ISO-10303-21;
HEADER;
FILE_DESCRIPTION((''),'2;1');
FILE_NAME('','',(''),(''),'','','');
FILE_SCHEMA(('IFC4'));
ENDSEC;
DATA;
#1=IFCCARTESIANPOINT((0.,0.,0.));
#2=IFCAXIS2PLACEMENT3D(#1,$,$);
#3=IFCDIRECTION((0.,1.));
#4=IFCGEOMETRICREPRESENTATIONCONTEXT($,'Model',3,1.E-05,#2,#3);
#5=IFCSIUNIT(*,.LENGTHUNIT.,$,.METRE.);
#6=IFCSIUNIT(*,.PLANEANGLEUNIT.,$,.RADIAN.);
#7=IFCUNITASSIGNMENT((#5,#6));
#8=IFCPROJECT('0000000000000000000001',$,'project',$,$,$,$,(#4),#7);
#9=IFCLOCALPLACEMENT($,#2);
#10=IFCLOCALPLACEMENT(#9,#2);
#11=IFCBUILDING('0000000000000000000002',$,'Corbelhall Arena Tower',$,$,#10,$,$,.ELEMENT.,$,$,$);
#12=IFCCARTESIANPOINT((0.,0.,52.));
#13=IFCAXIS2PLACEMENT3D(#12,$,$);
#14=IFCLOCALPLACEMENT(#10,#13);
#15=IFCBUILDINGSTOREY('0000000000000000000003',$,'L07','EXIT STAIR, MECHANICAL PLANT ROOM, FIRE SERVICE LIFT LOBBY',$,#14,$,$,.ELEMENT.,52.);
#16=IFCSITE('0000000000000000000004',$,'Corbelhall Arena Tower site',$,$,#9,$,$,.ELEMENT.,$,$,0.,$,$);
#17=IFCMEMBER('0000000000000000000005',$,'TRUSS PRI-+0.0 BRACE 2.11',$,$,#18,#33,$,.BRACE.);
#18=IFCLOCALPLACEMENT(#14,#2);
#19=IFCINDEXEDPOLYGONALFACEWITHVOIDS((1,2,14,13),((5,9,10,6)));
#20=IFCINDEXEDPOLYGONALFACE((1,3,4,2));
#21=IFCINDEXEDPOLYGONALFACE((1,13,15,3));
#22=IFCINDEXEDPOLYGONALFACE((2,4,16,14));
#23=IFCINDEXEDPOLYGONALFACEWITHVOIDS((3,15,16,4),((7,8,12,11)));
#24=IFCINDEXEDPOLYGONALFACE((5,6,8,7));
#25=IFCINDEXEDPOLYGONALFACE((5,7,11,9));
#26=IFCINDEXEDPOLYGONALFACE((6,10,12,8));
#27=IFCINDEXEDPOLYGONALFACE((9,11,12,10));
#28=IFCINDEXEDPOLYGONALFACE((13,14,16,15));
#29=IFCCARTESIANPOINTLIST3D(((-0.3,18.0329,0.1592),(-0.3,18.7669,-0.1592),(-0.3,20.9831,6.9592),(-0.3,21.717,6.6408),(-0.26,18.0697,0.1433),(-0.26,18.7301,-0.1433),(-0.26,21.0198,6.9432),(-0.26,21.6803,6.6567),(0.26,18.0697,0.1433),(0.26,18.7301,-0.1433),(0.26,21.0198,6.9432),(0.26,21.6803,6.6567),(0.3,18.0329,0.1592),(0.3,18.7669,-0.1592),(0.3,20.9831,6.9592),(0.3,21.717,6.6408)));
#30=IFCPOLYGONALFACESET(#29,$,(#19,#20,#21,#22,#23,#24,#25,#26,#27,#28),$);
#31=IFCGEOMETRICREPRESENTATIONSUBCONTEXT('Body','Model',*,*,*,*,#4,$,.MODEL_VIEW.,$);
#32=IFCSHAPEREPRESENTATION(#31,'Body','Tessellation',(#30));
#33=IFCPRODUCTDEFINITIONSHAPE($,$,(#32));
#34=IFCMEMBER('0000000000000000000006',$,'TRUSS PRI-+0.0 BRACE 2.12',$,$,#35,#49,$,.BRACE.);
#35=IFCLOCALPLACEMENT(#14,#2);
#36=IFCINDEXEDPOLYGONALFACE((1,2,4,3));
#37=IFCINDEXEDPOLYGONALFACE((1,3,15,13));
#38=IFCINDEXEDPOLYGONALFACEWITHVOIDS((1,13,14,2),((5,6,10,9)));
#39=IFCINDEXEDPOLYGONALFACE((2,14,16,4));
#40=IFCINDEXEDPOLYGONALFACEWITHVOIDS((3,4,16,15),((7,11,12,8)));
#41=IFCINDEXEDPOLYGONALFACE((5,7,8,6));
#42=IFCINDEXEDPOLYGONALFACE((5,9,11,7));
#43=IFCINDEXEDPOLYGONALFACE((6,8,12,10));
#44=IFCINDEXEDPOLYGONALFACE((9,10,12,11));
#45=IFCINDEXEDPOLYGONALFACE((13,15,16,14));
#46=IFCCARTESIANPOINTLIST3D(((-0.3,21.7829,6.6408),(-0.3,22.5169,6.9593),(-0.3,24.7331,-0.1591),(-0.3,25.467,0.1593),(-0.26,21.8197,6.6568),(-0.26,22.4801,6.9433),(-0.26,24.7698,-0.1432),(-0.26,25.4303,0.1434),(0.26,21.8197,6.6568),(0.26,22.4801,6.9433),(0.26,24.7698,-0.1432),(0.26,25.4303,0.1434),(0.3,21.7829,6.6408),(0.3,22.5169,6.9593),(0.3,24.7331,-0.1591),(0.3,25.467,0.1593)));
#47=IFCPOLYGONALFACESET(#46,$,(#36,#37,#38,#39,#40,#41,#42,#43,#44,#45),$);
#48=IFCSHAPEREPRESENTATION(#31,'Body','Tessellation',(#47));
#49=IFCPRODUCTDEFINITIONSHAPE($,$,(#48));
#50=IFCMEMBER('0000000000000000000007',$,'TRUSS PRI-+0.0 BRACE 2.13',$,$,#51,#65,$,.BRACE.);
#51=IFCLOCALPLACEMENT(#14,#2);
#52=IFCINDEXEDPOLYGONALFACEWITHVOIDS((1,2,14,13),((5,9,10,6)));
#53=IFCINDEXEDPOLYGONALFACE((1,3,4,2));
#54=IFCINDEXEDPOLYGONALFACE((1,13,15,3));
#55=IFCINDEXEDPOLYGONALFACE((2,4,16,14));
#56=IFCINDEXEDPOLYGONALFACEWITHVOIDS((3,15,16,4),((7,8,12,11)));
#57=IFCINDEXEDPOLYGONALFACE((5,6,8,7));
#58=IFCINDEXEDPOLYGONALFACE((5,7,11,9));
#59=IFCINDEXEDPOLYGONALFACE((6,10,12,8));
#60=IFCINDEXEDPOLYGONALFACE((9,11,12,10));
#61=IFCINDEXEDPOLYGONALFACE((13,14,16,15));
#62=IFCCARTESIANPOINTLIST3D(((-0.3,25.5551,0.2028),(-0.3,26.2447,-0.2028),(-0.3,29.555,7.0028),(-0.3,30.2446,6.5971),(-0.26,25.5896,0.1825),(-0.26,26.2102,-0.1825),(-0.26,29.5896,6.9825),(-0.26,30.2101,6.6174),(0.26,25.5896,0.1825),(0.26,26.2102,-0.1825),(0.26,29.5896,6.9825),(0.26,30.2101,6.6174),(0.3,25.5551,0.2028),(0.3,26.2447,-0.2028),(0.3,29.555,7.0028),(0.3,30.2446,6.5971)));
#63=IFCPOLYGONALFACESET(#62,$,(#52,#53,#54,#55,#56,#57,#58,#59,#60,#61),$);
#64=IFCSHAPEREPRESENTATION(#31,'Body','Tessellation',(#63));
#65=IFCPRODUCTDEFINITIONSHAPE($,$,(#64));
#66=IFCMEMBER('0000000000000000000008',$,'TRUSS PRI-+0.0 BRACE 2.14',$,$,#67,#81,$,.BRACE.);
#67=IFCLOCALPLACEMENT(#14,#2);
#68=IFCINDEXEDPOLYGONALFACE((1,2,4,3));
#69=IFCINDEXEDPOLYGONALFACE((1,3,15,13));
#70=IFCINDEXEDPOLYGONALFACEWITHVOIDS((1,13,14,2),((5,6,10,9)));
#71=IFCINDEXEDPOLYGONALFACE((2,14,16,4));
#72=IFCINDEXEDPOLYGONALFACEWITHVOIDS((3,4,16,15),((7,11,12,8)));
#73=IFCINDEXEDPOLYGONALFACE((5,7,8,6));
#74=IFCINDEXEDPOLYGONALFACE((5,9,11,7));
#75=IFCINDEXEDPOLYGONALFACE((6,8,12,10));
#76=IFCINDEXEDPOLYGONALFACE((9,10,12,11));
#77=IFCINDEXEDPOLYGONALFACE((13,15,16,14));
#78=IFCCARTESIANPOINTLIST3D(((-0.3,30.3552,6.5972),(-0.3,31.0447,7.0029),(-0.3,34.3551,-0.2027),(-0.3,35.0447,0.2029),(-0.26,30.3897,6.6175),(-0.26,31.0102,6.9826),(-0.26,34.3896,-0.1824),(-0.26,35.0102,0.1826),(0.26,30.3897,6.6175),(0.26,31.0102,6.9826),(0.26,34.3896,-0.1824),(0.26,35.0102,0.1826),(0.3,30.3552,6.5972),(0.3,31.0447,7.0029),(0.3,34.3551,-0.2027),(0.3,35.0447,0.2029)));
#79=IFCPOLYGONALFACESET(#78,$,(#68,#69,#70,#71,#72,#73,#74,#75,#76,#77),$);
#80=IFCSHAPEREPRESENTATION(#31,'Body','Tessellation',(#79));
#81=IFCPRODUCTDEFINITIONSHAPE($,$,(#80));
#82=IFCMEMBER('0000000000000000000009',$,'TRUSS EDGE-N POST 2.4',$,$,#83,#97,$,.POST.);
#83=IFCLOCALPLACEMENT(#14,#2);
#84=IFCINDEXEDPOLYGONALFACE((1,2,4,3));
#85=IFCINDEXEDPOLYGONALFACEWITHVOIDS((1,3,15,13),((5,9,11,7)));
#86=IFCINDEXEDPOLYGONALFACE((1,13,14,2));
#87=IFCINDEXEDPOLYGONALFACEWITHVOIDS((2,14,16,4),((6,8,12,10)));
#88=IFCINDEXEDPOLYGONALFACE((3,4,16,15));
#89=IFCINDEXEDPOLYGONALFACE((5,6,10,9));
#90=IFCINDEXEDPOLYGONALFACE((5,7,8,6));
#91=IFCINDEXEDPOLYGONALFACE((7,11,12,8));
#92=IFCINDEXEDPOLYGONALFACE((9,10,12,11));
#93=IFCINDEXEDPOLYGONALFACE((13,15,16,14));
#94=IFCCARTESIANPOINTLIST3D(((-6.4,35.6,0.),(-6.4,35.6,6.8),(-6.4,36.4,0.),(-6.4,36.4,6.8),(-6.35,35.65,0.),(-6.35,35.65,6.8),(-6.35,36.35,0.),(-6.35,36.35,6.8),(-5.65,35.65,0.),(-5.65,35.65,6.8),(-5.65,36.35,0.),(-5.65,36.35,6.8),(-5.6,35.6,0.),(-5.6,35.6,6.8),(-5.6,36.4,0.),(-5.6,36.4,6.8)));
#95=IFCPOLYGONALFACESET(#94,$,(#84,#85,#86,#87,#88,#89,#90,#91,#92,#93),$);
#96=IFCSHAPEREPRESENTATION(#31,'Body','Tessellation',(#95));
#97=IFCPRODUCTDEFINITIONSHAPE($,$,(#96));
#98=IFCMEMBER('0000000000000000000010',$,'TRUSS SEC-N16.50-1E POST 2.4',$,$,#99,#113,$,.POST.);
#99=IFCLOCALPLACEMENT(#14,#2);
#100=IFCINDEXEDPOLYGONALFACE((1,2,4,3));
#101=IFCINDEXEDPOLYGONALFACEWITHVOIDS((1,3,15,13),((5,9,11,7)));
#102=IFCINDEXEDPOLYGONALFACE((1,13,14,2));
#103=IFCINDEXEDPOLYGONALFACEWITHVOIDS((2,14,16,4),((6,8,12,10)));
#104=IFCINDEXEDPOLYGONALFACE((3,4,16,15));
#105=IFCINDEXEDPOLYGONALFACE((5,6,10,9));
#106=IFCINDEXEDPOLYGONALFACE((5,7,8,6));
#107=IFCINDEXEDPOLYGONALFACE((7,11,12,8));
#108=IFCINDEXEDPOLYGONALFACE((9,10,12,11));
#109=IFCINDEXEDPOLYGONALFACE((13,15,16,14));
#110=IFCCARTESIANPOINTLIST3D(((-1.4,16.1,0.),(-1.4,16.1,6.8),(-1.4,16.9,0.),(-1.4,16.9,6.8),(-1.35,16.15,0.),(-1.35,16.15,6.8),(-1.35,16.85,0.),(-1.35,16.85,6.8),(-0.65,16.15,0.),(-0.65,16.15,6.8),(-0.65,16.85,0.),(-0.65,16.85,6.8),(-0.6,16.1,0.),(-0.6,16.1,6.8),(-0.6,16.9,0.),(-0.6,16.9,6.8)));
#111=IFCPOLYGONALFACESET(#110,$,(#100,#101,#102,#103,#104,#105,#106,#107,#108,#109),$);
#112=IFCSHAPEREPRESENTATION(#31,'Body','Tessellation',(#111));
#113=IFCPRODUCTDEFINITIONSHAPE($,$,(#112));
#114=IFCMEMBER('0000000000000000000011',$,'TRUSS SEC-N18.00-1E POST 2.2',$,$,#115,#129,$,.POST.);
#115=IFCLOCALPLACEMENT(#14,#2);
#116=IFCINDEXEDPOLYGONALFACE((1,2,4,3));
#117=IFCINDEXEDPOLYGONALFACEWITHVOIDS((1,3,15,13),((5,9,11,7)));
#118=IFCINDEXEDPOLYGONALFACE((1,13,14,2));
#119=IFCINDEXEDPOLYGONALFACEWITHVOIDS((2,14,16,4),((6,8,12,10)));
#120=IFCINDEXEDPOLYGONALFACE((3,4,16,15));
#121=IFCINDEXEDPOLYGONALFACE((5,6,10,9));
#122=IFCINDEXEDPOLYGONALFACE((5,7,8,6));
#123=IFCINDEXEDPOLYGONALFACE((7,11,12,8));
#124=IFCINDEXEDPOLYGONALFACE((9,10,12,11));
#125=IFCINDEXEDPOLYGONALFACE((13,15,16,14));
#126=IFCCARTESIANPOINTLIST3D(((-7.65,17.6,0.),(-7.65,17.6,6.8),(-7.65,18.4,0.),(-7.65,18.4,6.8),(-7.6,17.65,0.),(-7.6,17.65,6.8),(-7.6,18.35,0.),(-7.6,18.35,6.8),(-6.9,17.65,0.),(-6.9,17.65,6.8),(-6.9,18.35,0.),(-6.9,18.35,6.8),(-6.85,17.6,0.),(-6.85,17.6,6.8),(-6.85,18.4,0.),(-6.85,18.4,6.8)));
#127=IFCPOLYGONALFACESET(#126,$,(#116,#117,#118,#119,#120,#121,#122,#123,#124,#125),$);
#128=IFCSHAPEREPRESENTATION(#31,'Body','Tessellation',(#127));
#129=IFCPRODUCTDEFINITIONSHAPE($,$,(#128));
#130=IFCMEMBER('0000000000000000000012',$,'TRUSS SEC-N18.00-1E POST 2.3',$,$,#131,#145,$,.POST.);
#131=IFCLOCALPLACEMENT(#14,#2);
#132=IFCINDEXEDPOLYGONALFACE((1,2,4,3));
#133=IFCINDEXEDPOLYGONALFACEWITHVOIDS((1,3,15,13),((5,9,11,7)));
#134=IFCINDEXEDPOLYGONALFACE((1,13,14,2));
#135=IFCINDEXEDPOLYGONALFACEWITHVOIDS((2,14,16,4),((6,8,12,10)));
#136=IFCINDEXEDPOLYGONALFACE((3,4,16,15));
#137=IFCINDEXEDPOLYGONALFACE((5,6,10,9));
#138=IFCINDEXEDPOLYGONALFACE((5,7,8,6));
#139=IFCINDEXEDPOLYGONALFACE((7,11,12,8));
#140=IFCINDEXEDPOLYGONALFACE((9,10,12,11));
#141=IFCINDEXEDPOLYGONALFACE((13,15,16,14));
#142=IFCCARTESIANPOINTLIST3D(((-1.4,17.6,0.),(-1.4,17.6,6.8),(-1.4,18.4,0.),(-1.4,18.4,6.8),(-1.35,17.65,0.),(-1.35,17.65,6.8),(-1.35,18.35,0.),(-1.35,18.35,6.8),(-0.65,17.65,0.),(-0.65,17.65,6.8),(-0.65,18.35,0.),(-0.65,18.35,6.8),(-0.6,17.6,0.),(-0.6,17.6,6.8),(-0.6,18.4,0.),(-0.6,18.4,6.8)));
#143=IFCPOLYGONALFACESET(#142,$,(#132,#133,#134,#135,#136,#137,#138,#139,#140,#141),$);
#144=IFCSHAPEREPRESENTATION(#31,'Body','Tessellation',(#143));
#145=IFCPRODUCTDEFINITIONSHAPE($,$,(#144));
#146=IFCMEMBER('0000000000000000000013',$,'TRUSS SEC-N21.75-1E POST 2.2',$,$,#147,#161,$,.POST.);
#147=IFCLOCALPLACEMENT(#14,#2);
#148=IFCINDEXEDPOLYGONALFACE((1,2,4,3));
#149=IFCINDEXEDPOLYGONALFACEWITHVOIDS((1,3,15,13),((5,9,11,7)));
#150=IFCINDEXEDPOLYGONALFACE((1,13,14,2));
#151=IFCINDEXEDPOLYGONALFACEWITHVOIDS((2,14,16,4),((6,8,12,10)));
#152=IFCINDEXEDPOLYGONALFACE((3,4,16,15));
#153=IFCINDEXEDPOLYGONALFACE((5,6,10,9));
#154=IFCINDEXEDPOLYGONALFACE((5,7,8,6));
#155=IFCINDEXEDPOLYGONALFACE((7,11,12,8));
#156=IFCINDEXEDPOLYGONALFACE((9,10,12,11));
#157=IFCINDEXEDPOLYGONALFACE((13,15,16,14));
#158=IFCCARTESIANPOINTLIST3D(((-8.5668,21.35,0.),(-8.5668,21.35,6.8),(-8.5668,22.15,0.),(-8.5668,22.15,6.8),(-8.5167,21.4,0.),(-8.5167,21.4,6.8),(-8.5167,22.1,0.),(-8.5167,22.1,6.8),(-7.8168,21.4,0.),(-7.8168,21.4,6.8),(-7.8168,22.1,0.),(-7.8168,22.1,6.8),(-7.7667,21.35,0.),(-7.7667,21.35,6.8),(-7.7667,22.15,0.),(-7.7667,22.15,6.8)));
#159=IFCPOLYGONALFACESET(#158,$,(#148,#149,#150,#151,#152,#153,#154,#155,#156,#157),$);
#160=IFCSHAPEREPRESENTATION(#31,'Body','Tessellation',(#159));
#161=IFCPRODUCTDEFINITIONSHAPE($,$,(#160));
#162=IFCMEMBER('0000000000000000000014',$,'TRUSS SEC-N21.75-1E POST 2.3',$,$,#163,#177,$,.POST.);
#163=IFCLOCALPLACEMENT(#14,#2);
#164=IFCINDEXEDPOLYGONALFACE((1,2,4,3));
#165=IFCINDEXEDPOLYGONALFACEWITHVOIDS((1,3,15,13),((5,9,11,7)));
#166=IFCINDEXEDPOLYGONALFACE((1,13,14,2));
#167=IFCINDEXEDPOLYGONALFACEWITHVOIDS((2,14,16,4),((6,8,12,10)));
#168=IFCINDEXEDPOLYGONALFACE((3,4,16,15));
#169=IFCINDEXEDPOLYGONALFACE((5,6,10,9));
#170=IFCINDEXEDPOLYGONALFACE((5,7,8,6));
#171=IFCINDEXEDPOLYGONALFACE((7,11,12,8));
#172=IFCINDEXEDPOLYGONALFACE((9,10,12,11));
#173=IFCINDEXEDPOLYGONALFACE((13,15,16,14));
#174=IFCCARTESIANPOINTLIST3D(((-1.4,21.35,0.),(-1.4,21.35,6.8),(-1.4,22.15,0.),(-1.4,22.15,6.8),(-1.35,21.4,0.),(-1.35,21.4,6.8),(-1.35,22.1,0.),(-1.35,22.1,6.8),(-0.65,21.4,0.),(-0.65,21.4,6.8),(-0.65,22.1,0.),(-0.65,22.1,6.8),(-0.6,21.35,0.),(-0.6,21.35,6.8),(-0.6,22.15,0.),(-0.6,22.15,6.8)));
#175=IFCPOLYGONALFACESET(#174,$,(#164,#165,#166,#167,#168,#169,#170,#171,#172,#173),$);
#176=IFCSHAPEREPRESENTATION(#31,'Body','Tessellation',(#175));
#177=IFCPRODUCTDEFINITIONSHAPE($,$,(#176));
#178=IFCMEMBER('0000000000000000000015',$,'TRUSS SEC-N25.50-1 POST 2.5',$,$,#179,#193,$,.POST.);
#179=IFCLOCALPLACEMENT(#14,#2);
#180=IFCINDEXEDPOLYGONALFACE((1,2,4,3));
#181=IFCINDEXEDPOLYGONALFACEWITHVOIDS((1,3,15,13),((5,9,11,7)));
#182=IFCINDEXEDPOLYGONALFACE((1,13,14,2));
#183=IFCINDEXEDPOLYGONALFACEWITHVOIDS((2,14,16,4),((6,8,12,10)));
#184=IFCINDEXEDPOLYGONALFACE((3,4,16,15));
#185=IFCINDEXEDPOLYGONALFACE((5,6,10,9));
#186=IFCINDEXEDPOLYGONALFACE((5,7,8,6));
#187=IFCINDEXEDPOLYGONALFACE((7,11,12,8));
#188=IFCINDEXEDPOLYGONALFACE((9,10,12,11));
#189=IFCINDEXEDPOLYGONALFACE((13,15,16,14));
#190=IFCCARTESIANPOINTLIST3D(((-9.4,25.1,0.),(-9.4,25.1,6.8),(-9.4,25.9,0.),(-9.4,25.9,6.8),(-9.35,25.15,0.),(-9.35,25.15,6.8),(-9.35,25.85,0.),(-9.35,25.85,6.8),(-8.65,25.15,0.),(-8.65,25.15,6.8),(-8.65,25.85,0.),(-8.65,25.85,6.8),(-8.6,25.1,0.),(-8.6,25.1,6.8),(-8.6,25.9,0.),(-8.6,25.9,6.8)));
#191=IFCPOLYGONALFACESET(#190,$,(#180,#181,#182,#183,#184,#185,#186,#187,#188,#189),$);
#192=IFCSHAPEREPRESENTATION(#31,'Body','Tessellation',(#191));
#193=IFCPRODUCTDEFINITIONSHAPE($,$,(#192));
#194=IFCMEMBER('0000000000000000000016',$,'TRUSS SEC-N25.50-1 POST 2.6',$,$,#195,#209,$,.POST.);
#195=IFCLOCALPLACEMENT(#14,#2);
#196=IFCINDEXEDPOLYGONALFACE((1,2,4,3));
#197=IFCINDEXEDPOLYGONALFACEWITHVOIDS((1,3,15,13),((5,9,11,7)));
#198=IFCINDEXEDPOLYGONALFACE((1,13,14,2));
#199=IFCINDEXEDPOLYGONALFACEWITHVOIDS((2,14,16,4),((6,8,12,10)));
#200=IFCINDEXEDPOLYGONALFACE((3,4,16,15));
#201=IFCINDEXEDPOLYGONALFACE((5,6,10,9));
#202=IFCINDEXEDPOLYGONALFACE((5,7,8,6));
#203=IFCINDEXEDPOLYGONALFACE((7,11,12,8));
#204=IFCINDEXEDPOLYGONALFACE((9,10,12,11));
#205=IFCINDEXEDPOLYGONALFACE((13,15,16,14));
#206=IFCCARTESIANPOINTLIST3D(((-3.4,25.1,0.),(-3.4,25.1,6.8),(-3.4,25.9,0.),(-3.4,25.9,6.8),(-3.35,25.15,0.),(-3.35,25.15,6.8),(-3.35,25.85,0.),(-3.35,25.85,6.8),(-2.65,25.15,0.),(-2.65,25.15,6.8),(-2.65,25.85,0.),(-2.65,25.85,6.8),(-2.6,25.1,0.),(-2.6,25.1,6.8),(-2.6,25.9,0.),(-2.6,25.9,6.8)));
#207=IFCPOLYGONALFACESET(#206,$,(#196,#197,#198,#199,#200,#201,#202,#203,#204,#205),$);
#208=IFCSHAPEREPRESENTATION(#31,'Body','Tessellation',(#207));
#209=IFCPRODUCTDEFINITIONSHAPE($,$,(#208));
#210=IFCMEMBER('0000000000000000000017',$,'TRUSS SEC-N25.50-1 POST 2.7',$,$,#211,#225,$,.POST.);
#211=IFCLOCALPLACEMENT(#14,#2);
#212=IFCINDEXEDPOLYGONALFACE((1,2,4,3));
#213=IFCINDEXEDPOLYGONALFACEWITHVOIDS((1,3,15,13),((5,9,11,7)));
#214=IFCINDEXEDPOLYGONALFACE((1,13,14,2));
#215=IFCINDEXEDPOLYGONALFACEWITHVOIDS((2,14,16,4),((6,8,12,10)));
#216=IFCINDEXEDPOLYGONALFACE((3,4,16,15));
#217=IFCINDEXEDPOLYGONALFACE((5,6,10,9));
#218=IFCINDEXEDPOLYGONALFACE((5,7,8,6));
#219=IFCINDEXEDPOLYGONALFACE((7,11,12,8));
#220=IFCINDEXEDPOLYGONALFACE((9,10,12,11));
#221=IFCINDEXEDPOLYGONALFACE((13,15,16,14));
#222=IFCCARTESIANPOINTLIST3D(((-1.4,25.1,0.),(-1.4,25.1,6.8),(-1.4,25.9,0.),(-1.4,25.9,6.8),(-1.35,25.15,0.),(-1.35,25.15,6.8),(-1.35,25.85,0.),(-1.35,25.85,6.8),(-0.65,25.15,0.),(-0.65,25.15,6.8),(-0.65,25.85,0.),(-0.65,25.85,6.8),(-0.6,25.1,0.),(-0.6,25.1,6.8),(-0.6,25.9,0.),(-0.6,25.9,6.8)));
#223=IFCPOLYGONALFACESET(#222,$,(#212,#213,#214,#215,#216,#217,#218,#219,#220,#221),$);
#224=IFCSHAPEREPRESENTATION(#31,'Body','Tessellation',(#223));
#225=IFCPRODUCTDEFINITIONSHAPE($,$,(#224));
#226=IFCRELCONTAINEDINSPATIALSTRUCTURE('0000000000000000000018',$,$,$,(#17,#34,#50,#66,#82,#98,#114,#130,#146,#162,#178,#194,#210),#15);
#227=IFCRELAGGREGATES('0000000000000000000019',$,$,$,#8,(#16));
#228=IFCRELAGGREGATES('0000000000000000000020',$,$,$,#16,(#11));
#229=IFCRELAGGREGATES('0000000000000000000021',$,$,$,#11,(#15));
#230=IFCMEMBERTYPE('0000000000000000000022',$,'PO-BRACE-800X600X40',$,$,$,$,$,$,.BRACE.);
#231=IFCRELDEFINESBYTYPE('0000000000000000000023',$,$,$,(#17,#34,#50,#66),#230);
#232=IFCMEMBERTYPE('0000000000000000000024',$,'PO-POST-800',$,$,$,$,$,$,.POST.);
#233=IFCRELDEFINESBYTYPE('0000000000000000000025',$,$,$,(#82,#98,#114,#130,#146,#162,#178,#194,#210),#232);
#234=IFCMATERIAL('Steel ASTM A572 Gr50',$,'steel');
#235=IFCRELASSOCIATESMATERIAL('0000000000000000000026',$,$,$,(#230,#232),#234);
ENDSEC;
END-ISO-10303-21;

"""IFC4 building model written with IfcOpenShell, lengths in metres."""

from ifc_helpers import new_model, si_unit, direction, frame, origin, origin_2d, place, context, subcontext, project, spatial, hollow_rectangle, extrude, material, material_profile, profile_set, type_object, element, save


model = new_model("IFC4")

# Units and contexts
model_context = context("Model", 3, precision=1e-05, world=origin(), true_north=direction((0.0, 1.0)))
body_context = subcontext(model_context, "Body", "Model", "MODEL_VIEW")
ifc_project = project(units=[si_unit("LENGTHUNIT", "METRE"), si_unit("PLANEANGLEUNIT", "RADIAN")], contexts=[model_context])

# Site, building, storey
site_placement = place(None, origin())
site = spatial("IfcSite", under=ifc_project, at=site_placement, Name="Corbelhall Arena Tower site", CompositionType="ELEMENT", RefElevation=0.0)
building_placement = place(site_placement, origin())
building = spatial("IfcBuilding", under=site, at=building_placement, Name="Corbelhall Arena Tower", CompositionType="ELEMENT")
storey_placement = place(building_placement, frame((0.0, 0.0, 52.0)))
storey = spatial("IfcBuildingStorey", under=building, at=storey_placement, Name="L07", Description="EXIT STAIR, MECHANICAL PLANT ROOM, FIRE SERVICE LIFT LOBBY", CompositionType="ELEMENT", Elevation=52.0)

# Members
ifc_material_1 = material(Name="Steel ASTM A572 Gr50", Category="steel")
ifc_material_profile_1 = material_profile(ifc_material_1, hollow_rectangle(XDim=0.6001, YDim=0.8, WallThickness=0.04, at=origin_2d()))
ifc_profile_set_1 = profile_set([ifc_material_profile_1], Name="Steel ASTM A572 Gr50")
member_type_1 = type_object("IfcMemberType", Name="PO-BRACE-800X600X40", PredefinedType="BRACE", material=ifc_profile_set_1)
for number, where, z_axis, x_axis, name in (
    (1, (0.0, 18.3999, 0.0), (0.0, 0.398006, 0.917383), (-1.0, 0.0, 0.0), "TRUSS PRI-+0.0 BRACE 2.11"),
    (2, (0.0, 22.1499, 6.8), (0.0, 0.398006, -0.917383), (-1.0, 0.0, 0.0), "TRUSS PRI-+0.0 BRACE 2.12"),
):
    element("IfcMember", number, at=place(storey_placement, frame(where, z_axis=z_axis, x_axis=x_axis)), inside=storey, type_object=member_type_1, Name=name, PredefinedType="BRACE", context=body_context, shape_type="SweptSolid", body=[
        extrude(hollow_rectangle(XDim=0.6001, YDim=0.8, WallThickness=0.04, at=origin_2d()), origin(), (0.0, 0.0, 1.0), 7.4124),
    ])
for number, where, z_axis, x_axis, name in (
    (3, (0.0, 25.8999, 0.0), (0.0, 0.507017, 0.861936), (-1.0, 0.0, 0.0), "TRUSS PRI-+0.0 BRACE 2.13"),
    (4, (0.0, 30.7, 6.8), (0.0, 0.507017, -0.861936), (-1.0, 0.0, 0.0), "TRUSS PRI-+0.0 BRACE 2.14"),
):
    element("IfcMember", number, at=place(storey_placement, frame(where, z_axis=z_axis, x_axis=x_axis)), inside=storey, type_object=member_type_1, Name=name, PredefinedType="BRACE", context=body_context, shape_type="SweptSolid", body=[
        extrude(hollow_rectangle(XDim=0.6001, YDim=0.8, WallThickness=0.04, at=origin_2d()), origin(), (0.0, 0.0, 1.0), 7.8892),
    ])
ifc_material_profile_2 = material_profile(ifc_material_1, hollow_rectangle(XDim=0.8, YDim=0.8, WallThickness=0.05, at=origin_2d()))
ifc_profile_set_2 = profile_set([ifc_material_profile_2], Name="Steel ASTM A572 Gr50")
member_type_2 = type_object("IfcMemberType", Name="PO-POST-800", PredefinedType="POST", material=ifc_profile_set_2)
for number, where, z_axis, x_axis, name in (
    (5, (-6.0, 36.0, 0.0), (0.0, 0.0, 1.0), (1.0, 0.0, 0.0), "TRUSS EDGE-N POST 2.4"),
    (6, (-1.0, 16.5, 0.0), (0.0, 0.0, 1.0), (1.0, 0.0, 0.0), "TRUSS SEC-N16.50-1E POST 2.4"),
    (7, (-7.25, 18.0, 0.0), (0.0, 0.0, 1.0), (1.0, 0.0, 0.0), "TRUSS SEC-N18.00-1E POST 2.2"),
    (8, (-1.0, 18.0, 0.0), (0.0, 0.0, 1.0), (1.0, 0.0, 0.0), "TRUSS SEC-N18.00-1E POST 2.3"),
    (9, (-8.1667, 21.75, 0.0), (0.0, 0.0, 1.0), (1.0, 0.0, 0.0), "TRUSS SEC-N21.75-1E POST 2.2"),
    (10, (-1.0, 21.75, 0.0), (0.0, 0.0, 1.0), (1.0, 0.0, 0.0), "TRUSS SEC-N21.75-1E POST 2.3"),
    (11, (-9.0, 25.5, 0.0), (0.0, 0.0, 1.0), (1.0, 0.0, 0.0), "TRUSS SEC-N25.50-1 POST 2.5"),
    (12, (-3.0, 25.5, 0.0), (0.0, 0.0, 1.0), (1.0, 0.0, 0.0), "TRUSS SEC-N25.50-1 POST 2.6"),
    (13, (-1.0, 25.5, 0.0), (0.0, 0.0, 1.0), (1.0, 0.0, 0.0), "TRUSS SEC-N25.50-1 POST 2.7"),
):
    element("IfcMember", number, at=place(storey_placement, frame(where, z_axis=z_axis, x_axis=x_axis)), inside=storey, type_object=member_type_2, Name=name, PredefinedType="POST", context=body_context, shape_type="SweptSolid", body=[
        extrude(hollow_rectangle(XDim=0.8, YDim=0.8, WallThickness=0.05, at=origin_2d()), origin(), (0.0, 0.0, 1.0), 6.8),
    ])

save(model, "model.ifc")
